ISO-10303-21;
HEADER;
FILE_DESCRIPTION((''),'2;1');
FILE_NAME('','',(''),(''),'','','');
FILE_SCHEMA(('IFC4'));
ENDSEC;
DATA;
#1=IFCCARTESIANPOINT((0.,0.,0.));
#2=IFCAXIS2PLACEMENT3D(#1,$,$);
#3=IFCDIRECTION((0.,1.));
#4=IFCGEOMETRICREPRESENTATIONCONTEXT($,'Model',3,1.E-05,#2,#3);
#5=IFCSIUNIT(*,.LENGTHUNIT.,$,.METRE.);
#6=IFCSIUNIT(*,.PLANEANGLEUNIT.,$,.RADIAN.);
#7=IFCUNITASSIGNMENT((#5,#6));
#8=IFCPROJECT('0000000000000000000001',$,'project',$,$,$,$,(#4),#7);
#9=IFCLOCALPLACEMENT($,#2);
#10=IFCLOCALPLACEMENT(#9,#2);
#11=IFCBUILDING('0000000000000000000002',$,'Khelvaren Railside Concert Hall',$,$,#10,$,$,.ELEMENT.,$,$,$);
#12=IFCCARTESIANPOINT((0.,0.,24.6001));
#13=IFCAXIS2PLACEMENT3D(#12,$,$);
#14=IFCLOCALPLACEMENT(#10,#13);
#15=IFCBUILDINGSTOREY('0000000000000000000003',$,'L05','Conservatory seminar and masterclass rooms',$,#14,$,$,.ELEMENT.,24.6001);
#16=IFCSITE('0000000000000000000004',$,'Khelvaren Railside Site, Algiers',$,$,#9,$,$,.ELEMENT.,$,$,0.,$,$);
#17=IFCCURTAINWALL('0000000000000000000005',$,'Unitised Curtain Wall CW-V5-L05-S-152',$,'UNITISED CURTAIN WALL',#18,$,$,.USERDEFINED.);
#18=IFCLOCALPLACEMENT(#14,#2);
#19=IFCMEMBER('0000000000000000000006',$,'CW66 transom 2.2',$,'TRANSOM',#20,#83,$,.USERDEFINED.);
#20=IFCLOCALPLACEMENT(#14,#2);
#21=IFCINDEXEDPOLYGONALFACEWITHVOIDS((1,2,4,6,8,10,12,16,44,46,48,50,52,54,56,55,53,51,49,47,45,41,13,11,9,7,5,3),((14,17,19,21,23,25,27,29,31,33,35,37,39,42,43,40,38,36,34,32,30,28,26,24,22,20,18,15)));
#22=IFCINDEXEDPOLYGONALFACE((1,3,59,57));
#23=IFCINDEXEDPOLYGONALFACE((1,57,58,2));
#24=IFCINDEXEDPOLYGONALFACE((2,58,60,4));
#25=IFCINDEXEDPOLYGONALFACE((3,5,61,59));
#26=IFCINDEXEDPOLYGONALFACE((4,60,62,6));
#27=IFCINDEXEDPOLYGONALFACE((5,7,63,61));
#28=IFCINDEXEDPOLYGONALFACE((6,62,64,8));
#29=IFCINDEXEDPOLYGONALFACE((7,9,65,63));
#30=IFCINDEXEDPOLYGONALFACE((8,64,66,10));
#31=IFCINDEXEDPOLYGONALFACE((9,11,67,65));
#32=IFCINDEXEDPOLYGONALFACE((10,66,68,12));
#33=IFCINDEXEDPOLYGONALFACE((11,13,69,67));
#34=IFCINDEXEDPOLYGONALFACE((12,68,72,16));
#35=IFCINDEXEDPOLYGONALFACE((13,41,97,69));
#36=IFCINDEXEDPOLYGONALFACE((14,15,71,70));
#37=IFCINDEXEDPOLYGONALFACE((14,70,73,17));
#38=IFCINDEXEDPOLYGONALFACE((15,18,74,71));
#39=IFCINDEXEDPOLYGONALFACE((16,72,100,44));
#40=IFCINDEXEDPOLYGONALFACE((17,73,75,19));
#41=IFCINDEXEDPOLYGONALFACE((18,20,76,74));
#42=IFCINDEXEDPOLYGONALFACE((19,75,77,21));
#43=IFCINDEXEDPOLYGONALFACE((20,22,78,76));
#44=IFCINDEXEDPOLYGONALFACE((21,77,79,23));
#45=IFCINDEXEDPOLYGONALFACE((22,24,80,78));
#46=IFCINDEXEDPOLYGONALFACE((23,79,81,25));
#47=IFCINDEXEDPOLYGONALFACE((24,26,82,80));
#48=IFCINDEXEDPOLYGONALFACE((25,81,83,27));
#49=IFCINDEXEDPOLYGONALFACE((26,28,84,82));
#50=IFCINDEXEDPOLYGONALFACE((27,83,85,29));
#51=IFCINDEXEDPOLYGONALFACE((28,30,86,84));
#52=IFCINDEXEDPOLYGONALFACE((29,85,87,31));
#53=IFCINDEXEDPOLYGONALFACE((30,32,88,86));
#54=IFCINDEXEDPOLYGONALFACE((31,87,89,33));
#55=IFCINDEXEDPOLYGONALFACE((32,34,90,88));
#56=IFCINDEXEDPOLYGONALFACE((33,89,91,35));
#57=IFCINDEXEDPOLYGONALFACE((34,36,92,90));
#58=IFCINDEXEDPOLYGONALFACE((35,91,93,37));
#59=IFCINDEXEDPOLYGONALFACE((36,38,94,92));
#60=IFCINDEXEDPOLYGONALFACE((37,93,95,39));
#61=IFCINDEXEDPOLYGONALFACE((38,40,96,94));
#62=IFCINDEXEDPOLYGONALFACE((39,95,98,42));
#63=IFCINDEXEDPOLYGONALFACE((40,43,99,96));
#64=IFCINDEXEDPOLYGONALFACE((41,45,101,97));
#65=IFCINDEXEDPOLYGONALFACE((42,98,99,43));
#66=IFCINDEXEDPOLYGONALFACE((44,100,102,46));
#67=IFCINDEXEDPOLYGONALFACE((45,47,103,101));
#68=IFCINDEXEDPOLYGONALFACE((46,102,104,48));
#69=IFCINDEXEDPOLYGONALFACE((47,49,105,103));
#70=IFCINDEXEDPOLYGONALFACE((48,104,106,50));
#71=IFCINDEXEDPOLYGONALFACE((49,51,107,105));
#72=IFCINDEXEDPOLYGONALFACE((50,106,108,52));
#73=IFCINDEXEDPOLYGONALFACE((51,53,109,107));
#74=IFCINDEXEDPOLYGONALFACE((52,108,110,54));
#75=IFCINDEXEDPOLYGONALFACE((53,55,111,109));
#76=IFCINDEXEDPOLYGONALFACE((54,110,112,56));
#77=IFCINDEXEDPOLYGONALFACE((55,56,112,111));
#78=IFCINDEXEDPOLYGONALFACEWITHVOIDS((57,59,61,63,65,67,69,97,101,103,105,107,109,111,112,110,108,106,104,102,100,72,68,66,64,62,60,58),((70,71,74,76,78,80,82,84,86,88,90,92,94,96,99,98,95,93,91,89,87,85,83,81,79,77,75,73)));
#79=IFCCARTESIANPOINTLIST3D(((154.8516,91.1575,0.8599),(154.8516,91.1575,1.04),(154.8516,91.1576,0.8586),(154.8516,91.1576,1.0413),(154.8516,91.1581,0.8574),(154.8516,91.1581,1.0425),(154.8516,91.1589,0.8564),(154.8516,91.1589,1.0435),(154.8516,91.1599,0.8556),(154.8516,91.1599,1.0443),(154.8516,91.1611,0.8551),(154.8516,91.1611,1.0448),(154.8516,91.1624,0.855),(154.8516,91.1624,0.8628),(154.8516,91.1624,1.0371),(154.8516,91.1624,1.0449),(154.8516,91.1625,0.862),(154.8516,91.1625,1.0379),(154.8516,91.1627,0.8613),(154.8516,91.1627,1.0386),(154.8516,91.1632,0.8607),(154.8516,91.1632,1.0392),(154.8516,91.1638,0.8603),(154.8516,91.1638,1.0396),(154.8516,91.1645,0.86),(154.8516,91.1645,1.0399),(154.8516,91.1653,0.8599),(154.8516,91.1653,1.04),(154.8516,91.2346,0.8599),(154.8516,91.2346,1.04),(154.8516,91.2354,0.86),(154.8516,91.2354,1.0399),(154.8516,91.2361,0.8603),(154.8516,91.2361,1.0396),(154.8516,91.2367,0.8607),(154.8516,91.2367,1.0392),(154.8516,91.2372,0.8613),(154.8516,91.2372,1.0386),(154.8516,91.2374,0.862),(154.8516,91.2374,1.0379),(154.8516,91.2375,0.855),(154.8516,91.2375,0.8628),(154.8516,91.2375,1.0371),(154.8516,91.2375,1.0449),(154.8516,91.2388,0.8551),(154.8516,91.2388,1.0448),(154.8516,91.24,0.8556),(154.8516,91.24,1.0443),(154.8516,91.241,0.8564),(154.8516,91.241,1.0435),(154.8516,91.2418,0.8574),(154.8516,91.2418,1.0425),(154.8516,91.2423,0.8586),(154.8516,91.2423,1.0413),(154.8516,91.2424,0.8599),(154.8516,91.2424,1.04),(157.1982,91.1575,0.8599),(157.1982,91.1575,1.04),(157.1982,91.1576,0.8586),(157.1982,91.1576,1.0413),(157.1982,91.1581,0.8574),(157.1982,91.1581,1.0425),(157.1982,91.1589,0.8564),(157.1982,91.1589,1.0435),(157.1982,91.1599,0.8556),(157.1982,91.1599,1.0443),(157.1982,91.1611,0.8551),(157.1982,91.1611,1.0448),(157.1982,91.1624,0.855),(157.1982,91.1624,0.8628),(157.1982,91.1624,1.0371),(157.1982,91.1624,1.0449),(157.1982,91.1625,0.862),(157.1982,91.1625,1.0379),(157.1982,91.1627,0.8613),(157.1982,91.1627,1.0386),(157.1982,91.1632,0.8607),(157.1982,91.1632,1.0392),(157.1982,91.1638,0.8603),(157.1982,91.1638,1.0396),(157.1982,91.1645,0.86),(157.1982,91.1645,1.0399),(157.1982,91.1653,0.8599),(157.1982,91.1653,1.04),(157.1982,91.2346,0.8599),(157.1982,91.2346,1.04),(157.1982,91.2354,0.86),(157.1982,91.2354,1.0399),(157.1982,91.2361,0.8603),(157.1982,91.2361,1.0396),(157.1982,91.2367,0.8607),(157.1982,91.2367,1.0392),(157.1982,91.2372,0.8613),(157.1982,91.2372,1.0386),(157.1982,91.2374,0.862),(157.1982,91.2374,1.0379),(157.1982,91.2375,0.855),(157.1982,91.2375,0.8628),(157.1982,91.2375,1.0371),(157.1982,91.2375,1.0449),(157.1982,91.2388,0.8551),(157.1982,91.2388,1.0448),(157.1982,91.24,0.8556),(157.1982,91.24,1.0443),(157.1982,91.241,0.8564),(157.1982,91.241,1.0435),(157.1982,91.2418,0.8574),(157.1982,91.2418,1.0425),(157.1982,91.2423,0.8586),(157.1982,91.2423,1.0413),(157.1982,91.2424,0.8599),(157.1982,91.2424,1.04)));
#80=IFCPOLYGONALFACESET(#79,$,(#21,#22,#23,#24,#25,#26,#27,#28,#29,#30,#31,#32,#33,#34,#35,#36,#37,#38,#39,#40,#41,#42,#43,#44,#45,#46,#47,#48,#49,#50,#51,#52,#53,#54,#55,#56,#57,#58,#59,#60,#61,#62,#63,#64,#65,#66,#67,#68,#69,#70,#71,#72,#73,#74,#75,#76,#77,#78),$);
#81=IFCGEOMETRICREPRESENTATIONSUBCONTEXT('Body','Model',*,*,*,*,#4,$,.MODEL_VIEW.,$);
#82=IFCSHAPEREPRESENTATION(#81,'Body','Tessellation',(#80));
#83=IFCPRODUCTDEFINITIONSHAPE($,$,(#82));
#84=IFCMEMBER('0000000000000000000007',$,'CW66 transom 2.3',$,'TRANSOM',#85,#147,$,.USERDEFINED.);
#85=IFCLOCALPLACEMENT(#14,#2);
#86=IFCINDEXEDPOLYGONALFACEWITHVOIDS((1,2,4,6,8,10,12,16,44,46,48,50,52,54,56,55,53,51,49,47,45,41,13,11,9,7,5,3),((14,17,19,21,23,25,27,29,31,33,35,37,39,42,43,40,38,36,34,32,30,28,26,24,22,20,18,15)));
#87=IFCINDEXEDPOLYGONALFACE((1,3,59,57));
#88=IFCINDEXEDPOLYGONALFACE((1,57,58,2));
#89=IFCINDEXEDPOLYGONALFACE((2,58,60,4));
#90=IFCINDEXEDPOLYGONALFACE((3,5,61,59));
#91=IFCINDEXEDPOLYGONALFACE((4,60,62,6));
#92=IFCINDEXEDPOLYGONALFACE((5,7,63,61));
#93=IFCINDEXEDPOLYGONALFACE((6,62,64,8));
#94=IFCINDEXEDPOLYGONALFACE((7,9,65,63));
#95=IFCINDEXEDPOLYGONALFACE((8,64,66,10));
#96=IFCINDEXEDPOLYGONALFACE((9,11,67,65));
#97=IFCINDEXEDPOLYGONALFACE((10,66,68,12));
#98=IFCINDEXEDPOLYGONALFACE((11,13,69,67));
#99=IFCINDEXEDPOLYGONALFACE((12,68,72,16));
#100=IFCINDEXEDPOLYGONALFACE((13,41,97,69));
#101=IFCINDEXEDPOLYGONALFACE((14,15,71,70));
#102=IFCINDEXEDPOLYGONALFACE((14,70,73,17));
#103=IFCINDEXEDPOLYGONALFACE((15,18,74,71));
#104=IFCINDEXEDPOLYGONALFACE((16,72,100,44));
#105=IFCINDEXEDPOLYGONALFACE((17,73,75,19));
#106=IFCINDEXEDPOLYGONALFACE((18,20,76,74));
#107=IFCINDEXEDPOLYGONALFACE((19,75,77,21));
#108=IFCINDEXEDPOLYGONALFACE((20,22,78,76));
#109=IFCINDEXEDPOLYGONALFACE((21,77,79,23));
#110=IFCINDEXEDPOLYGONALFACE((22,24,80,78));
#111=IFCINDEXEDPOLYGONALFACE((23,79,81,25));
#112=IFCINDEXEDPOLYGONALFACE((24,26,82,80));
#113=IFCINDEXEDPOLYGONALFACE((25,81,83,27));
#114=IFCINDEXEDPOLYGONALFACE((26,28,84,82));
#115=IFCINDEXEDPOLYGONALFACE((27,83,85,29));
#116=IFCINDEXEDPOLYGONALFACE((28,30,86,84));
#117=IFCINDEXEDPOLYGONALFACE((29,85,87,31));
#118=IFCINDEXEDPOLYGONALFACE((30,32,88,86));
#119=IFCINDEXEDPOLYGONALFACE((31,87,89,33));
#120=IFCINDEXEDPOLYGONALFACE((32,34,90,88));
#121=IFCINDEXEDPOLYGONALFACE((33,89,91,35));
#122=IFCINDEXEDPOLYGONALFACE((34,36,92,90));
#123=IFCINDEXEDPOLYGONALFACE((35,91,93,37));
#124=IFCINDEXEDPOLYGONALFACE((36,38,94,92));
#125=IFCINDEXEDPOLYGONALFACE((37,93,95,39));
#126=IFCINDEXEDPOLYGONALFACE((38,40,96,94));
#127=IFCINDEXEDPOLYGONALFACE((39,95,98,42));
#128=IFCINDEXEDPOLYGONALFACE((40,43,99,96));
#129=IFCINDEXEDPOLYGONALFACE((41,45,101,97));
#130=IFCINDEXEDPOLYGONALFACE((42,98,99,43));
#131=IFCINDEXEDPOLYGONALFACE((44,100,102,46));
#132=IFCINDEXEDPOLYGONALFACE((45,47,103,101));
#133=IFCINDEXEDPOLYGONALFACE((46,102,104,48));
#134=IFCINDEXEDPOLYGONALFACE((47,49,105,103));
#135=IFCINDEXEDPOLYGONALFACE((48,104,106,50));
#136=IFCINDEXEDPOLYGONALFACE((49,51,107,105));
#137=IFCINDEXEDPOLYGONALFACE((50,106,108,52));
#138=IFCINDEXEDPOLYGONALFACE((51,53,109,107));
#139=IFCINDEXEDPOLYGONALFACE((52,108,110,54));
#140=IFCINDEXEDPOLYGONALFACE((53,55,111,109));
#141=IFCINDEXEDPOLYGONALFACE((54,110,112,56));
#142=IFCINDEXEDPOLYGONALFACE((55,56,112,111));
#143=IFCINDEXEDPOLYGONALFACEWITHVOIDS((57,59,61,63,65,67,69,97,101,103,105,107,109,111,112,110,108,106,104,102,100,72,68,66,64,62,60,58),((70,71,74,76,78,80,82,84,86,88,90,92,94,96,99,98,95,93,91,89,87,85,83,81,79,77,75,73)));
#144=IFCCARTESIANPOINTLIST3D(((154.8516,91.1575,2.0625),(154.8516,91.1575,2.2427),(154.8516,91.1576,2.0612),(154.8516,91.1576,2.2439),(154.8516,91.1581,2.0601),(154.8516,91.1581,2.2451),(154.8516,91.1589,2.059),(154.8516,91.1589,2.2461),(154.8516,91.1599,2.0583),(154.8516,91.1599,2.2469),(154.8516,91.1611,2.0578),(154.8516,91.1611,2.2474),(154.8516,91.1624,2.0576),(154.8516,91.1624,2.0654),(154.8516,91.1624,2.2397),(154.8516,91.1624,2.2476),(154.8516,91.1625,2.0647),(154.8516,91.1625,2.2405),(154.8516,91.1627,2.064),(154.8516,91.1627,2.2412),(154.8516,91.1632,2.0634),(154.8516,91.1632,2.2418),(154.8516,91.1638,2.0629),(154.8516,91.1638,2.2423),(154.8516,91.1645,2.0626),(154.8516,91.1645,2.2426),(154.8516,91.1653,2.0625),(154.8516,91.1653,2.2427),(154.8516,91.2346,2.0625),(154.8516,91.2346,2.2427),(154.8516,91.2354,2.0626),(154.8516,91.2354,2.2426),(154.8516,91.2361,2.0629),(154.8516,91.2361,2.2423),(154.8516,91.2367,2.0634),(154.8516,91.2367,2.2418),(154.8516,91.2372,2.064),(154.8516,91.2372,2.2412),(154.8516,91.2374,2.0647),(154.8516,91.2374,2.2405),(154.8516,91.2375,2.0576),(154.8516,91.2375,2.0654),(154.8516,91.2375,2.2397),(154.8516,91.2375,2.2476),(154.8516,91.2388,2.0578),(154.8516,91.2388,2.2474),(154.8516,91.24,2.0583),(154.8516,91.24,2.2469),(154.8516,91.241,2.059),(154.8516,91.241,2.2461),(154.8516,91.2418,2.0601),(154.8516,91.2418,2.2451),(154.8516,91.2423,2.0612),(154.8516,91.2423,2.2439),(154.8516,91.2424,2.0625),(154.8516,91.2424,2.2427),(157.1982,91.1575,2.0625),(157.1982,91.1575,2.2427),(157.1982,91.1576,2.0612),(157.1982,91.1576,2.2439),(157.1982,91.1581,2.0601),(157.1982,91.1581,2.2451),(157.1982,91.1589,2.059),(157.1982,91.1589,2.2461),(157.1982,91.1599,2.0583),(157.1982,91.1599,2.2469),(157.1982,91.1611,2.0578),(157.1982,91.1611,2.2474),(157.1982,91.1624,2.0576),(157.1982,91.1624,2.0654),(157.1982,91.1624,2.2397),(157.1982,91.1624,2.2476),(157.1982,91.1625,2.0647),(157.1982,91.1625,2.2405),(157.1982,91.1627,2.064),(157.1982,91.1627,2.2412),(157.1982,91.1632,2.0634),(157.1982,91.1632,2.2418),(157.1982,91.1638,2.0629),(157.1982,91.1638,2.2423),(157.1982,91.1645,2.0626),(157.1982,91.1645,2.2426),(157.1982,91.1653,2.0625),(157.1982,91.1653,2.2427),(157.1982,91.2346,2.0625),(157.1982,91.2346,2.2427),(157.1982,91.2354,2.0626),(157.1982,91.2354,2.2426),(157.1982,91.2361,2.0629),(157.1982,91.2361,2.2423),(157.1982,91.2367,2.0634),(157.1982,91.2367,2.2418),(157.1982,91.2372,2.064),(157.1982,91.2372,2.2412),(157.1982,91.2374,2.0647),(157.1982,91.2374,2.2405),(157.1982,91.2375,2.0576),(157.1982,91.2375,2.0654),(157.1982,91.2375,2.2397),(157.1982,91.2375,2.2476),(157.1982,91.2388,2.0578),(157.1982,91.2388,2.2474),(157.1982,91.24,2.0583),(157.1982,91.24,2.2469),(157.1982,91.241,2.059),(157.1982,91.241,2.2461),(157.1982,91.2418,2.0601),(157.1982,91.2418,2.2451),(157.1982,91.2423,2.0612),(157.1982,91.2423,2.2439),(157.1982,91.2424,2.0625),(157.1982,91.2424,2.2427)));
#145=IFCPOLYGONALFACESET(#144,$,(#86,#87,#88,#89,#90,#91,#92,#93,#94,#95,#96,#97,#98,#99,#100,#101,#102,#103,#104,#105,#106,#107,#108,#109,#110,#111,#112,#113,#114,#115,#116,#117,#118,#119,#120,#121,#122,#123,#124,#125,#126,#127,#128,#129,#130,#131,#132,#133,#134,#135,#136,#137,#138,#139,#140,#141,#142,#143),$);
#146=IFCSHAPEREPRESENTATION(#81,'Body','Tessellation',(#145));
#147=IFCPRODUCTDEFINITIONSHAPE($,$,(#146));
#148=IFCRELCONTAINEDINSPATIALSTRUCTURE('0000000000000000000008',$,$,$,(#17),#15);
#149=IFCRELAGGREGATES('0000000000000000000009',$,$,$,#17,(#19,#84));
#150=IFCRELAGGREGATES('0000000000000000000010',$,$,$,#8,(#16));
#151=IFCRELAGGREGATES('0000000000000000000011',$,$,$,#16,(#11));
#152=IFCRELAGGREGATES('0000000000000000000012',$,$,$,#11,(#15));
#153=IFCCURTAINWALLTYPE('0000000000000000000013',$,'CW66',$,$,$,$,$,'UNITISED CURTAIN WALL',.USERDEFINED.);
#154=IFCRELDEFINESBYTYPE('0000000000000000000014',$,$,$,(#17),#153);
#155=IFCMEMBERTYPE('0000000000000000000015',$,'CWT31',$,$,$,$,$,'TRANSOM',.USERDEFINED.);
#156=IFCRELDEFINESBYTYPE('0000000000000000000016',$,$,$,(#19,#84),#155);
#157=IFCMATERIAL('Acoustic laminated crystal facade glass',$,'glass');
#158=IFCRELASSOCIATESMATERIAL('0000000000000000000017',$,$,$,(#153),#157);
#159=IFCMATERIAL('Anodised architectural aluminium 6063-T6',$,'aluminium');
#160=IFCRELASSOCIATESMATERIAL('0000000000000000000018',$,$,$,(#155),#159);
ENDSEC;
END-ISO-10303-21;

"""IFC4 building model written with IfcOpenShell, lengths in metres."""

from ifc_helpers import new_model, si_unit, direction, frame, origin, origin_2d, place, context, subcontext, project, spatial, hollow_rectangle, extrude, material, material_profile, profile_set, type_object, element, aggregate, save


model = new_model("IFC4")

# Units and contexts
model_context = context("Model", 3, precision=1e-05, world=origin(), true_north=direction((0.0, 1.0)))
body_context = subcontext(model_context, "Body", "Model", "MODEL_VIEW")
ifc_project = project(units=[si_unit("LENGTHUNIT", "METRE"), si_unit("PLANEANGLEUNIT", "RADIAN")], contexts=[model_context])

# Site, building, storey
site_placement = place(None, origin())
site = spatial("IfcSite", under=ifc_project, at=site_placement, Name="Khelvaren Railside Site, Algiers", CompositionType="ELEMENT", RefElevation=0.0)
building_placement = place(site_placement, origin())
building = spatial("IfcBuilding", under=site, at=building_placement, Name="Khelvaren Railside Concert Hall", CompositionType="ELEMENT")
storey_placement = place(building_placement, frame((0.0, 0.0, 24.6001)))
storey = spatial("IfcBuildingStorey", under=building, at=storey_placement, Name="L05", Description="Conservatory seminar and masterclass rooms", CompositionType="ELEMENT", Elevation=24.6001)

# Curtain wall, members
ifc_material_1 = material(Name="Acoustic laminated crystal facade glass", Category="glass")
curtain_wall_type = type_object("IfcCurtainWallType", Name="CW66", ElementType="UNITISED CURTAIN WALL", PredefinedType="USERDEFINED", material=ifc_material_1)
curtain_wall_placement = place(storey_placement, origin())
curtain_wall = element("IfcCurtainWall", 1, at=curtain_wall_placement, inside=storey, type_object=curtain_wall_type, Name="Unitised Curtain Wall CW-V5-L05-S-152", ObjectType="UNITISED CURTAIN WALL", PredefinedType="USERDEFINED")
ifc_material_2 = material(Name="Anodised architectural aluminium 6063-T6", Category="aluminium")
ifc_material_profile_1 = material_profile(ifc_material_2, hollow_rectangle(XDim=0.085, YDim=0.1899, WallThickness=0.0049, InnerFilletRadius=0.0029, OuterFilletRadius=0.0049, at=origin_2d()), Name="CWT 85x190x5")
ifc_profile_set_1 = profile_set([ifc_material_profile_1], Name="Anodised architectural aluminium 6063-T6")
member_type_1 = type_object("IfcMemberType", Name="CWT31", ElementType="TRANSOM", PredefinedType="USERDEFINED", material=ifc_profile_set_1)
member_1_placement = place(storey_placement, frame((157.1982, 91.2, 0.95), z_axis=(-1.0, 0.0, 0.0), x_axis=(0.0, -1.0, 0.0)))
member_1 = element("IfcMember", 2, at=member_1_placement, type_object=member_type_1, Name="CW66 transom 2.2", ObjectType="TRANSOM", PredefinedType="USERDEFINED", context=body_context, shape_type="SweptSolid", body=[
    extrude(hollow_rectangle(XDim=0.085, YDim=0.1899, WallThickness=0.0049, InnerFilletRadius=0.0029, OuterFilletRadius=0.0049, at=origin_2d()), origin(), (0.0, 0.0, 1.0), 2.3467),
])
member_2_placement = place(storey_placement, frame((157.1982, 91.2, 2.1526), z_axis=(-1.0, 0.0, 0.0), x_axis=(0.0, -1.0, 0.0)))
member_2 = element("IfcMember", 3, at=member_2_placement, type_object=member_type_1, Name="CW66 transom 2.3", ObjectType="TRANSOM", PredefinedType="USERDEFINED", context=body_context, shape_type="SweptSolid", body=[
    extrude(hollow_rectangle(XDim=0.085, YDim=0.1899, WallThickness=0.0049, InnerFilletRadius=0.0029, OuterFilletRadius=0.0049, at=origin_2d()), origin(), (0.0, 0.0, 1.0), 2.3467),
])
aggregate(curtain_wall, [member_1, member_2])

save(model, "model.ifc")
